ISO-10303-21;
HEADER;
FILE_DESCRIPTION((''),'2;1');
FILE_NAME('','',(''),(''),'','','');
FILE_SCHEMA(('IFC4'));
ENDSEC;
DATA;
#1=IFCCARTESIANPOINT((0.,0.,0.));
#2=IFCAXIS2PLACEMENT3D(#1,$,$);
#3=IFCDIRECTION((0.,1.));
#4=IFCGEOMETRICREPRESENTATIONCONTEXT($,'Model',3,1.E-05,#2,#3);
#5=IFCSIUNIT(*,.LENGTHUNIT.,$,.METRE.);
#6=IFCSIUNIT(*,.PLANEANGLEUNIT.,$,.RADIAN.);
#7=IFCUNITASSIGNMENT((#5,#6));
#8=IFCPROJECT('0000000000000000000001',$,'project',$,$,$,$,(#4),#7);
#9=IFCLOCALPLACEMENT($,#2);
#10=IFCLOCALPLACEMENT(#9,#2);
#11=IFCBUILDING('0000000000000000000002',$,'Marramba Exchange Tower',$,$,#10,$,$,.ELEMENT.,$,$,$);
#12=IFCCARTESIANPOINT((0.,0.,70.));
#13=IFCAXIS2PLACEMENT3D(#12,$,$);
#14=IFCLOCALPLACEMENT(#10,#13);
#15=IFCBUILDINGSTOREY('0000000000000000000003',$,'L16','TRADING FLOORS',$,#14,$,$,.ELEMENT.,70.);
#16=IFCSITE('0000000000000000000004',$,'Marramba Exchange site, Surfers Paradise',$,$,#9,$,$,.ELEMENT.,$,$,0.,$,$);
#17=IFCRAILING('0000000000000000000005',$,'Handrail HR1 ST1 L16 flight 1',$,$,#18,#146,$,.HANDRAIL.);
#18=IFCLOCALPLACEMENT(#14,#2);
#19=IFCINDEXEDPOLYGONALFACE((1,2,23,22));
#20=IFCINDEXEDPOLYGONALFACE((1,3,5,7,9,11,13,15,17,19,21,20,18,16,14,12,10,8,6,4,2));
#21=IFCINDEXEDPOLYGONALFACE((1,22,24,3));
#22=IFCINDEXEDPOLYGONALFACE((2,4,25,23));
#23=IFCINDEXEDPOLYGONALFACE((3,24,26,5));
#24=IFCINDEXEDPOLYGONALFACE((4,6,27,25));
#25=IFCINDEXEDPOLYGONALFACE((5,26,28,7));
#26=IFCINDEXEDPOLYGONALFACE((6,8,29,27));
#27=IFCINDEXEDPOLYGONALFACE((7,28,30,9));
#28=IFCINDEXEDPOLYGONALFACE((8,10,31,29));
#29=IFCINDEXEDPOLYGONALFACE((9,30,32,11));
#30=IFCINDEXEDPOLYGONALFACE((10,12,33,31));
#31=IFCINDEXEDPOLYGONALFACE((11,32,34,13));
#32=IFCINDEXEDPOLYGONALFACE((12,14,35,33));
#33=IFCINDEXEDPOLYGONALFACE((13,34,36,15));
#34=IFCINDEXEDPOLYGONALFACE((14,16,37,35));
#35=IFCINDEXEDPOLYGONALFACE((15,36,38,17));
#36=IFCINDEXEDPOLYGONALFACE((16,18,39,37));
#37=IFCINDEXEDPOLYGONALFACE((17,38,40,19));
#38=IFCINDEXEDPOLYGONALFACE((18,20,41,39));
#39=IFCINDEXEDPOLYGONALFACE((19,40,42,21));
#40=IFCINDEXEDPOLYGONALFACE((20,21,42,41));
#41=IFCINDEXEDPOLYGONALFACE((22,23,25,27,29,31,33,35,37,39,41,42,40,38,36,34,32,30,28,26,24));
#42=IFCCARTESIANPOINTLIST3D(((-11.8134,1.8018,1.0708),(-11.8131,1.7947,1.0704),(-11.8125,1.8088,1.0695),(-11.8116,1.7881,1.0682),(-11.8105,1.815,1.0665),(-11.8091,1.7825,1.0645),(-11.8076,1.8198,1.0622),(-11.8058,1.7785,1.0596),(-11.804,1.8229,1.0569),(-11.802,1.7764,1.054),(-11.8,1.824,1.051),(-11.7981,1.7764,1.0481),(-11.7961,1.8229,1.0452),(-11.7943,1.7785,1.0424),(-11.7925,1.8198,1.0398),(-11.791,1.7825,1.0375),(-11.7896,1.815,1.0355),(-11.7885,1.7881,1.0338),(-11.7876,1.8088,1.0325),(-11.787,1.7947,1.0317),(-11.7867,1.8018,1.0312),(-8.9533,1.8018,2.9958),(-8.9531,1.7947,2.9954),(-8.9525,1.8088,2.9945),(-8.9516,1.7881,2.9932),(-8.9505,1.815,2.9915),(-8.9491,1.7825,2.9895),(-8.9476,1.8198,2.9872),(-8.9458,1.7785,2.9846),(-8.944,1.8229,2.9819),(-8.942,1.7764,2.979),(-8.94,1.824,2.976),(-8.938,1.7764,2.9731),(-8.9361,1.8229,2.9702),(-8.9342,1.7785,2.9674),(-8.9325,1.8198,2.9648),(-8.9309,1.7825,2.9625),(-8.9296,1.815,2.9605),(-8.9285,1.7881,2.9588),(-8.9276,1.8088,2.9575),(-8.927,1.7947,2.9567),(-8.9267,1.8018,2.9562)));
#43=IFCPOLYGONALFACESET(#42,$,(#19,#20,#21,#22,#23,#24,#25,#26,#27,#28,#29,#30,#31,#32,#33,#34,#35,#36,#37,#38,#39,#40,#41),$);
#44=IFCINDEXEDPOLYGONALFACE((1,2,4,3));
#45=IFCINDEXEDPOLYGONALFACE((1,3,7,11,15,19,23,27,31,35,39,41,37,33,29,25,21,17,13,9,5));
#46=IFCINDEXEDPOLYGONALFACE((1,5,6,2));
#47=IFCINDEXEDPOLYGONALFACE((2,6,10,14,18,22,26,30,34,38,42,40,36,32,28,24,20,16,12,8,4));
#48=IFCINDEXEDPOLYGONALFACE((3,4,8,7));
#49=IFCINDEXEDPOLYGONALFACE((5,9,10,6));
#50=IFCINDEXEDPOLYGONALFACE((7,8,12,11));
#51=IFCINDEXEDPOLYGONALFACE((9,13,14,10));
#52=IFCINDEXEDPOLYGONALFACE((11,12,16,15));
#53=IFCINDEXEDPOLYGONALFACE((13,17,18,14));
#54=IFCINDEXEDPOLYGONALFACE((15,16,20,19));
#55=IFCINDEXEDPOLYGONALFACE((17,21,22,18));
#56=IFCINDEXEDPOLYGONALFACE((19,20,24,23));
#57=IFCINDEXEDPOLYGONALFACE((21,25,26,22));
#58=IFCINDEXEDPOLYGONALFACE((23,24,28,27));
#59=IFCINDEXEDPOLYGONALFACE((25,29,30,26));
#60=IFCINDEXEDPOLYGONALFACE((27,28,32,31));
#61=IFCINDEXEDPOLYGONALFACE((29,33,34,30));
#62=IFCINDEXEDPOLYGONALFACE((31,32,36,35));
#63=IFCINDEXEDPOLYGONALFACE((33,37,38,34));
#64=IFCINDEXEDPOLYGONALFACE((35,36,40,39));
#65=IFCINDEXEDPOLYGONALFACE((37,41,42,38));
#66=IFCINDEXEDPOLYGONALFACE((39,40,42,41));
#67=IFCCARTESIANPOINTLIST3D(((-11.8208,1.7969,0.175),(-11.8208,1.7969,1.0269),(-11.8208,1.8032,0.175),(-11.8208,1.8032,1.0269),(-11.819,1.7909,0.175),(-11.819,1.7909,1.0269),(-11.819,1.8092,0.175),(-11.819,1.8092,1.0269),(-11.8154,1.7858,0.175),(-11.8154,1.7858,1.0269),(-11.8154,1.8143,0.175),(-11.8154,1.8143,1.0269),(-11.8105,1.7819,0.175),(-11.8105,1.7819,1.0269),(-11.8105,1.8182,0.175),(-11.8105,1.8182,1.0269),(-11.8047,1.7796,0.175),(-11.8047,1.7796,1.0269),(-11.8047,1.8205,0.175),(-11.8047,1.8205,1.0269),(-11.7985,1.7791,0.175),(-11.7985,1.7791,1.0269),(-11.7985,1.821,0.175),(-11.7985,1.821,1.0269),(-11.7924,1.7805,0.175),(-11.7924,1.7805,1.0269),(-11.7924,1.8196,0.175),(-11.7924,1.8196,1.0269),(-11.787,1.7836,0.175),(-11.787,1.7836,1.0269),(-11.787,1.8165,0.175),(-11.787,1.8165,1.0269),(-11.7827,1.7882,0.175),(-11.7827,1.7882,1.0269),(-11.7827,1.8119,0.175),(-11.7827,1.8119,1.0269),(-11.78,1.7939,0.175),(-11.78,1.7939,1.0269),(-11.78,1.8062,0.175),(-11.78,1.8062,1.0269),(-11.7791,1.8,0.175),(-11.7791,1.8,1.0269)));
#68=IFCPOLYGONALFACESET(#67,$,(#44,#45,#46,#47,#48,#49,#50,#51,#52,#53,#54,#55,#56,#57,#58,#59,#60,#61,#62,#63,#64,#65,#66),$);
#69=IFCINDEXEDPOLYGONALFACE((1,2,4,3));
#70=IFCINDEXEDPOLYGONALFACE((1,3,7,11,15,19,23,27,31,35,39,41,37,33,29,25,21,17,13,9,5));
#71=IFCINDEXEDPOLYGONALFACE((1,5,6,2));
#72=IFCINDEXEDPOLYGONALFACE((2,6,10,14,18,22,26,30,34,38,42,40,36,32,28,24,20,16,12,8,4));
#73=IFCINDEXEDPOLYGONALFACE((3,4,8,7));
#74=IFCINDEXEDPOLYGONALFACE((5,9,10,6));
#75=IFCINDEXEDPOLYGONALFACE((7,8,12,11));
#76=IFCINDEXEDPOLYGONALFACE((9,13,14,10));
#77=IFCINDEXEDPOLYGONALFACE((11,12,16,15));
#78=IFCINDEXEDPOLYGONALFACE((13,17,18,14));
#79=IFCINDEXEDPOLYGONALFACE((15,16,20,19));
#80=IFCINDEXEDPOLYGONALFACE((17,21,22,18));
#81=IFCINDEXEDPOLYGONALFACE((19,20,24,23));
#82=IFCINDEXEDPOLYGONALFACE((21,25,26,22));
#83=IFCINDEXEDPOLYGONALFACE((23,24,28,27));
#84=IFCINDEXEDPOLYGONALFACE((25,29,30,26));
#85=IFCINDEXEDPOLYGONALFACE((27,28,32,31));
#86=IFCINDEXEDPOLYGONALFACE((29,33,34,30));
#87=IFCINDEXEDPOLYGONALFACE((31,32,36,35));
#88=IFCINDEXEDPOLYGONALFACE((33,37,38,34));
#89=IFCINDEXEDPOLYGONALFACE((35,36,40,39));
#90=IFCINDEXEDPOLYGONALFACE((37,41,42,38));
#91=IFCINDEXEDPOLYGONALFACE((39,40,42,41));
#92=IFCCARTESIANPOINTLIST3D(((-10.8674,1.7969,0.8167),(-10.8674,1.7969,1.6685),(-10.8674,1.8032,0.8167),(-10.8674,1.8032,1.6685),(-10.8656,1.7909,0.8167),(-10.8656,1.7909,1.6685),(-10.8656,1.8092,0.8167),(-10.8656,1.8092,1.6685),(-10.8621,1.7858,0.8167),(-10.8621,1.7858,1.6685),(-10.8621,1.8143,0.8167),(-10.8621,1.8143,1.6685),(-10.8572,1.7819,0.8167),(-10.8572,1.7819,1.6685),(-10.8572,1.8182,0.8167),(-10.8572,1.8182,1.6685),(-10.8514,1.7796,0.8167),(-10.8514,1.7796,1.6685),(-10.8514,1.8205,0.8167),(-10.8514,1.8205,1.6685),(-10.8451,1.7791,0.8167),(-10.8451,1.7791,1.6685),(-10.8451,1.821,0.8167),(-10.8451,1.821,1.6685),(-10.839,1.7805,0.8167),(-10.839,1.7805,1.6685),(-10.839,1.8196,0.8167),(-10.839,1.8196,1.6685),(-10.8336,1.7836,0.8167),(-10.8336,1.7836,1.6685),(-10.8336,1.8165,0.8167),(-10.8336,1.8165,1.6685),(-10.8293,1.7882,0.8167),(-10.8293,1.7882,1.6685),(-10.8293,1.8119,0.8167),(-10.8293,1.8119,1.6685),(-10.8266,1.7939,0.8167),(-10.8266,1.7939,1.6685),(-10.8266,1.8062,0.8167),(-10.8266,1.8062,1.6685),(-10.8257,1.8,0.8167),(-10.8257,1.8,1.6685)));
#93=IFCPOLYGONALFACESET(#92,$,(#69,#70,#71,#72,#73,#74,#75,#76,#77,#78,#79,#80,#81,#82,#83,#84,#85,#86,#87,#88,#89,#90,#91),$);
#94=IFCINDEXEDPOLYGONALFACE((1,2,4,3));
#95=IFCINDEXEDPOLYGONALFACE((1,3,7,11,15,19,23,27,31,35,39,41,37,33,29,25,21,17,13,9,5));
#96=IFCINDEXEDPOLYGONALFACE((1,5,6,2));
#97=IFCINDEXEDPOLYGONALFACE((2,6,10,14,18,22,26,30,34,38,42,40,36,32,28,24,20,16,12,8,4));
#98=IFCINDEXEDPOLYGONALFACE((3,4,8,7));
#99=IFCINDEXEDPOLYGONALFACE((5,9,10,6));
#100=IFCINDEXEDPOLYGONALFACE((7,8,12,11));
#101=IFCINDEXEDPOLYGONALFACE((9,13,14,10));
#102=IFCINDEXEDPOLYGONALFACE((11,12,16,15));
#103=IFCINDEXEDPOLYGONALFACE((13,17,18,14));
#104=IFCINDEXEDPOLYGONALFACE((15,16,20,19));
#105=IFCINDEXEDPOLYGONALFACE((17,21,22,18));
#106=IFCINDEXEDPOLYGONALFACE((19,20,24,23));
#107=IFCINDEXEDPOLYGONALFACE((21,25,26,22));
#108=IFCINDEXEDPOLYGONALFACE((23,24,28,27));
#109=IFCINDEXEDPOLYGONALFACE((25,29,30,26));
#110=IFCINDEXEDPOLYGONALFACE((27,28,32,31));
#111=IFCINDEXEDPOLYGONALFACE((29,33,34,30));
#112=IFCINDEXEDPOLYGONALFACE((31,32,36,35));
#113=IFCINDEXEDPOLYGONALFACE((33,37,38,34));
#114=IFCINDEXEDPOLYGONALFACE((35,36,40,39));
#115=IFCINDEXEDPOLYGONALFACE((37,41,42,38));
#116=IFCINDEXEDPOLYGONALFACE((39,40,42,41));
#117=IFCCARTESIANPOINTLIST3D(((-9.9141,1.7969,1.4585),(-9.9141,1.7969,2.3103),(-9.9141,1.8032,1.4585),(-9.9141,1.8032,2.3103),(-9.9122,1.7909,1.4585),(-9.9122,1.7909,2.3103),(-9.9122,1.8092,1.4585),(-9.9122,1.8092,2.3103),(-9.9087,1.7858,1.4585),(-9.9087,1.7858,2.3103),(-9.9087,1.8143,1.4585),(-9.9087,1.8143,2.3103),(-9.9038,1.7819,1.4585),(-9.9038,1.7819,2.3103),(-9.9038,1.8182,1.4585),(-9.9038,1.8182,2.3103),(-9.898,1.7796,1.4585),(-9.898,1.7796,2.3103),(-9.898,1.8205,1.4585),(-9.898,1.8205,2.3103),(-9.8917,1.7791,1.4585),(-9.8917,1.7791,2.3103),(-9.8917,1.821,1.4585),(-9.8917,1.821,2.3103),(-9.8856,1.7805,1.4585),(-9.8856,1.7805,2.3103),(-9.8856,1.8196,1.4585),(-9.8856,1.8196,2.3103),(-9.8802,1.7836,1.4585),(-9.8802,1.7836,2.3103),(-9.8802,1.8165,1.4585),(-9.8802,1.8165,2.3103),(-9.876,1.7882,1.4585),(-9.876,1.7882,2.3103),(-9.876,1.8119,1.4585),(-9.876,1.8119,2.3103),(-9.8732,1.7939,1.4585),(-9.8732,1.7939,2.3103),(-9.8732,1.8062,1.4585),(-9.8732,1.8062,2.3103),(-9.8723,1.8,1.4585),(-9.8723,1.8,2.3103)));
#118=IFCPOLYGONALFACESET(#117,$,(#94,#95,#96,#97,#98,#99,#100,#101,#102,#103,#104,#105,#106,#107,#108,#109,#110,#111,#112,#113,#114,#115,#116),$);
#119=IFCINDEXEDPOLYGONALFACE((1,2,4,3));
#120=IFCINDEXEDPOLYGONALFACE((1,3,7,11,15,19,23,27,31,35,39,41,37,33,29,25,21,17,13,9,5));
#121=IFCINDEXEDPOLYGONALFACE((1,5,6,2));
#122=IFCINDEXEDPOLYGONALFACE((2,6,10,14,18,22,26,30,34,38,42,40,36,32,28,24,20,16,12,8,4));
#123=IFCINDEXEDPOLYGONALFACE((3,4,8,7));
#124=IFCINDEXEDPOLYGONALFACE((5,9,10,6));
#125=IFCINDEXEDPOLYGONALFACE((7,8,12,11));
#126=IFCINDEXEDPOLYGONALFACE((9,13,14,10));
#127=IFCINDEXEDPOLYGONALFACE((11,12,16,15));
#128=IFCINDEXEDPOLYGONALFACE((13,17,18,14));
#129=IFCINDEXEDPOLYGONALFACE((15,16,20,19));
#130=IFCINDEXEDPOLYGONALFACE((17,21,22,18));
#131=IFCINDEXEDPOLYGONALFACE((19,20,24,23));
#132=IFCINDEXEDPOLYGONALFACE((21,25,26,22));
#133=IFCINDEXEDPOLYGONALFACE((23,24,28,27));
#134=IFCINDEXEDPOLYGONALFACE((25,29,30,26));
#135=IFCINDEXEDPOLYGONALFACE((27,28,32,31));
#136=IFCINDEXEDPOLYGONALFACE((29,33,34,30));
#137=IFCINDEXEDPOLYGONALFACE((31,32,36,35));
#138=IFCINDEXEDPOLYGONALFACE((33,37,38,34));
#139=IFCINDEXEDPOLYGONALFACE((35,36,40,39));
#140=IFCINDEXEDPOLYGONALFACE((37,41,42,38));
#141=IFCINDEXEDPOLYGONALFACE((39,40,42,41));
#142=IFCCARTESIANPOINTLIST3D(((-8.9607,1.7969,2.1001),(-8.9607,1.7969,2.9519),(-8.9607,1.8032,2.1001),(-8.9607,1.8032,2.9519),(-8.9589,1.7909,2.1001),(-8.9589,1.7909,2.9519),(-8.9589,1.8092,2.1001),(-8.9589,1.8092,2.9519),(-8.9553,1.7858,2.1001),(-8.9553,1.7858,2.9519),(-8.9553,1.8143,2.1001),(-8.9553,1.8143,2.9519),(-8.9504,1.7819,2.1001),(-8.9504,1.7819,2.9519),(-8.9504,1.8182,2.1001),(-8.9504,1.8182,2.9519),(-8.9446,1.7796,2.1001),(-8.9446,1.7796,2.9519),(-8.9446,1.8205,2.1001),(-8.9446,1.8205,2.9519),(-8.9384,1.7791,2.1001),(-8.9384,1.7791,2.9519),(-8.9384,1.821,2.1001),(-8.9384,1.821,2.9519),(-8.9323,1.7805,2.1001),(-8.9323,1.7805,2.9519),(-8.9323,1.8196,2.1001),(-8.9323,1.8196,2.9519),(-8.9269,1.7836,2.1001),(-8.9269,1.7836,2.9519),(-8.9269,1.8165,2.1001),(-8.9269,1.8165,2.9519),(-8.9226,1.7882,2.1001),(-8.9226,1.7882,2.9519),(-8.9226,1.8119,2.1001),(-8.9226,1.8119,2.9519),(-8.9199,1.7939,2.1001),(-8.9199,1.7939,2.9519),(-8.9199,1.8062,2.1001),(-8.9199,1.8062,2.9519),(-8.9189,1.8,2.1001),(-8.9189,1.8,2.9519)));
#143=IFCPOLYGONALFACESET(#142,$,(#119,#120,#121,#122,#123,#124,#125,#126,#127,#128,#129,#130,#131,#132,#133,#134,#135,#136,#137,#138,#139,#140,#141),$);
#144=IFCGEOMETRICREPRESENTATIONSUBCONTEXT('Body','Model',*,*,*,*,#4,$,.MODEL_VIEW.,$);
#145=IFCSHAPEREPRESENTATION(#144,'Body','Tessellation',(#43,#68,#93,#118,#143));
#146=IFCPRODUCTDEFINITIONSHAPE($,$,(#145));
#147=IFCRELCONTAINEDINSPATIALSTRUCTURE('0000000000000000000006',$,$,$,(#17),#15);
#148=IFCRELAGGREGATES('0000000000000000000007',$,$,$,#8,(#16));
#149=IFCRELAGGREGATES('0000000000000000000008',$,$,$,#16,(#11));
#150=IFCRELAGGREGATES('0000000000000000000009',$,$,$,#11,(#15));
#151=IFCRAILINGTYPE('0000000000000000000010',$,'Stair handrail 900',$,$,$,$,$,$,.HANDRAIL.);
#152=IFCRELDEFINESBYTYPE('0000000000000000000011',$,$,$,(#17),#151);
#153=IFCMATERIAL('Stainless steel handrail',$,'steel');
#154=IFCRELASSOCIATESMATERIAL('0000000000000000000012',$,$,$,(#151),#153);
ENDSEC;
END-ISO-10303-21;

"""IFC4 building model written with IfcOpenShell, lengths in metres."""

from ifc_helpers import new_model, si_unit, direction, frame, origin, origin_2d, place, context, subcontext, project, spatial, circle, extrude, material, type_object, element, save


model = new_model("IFC4")

# Units and contexts
model_context = context("Model", 3, precision=1e-05, world=origin(), true_north=direction((0.0, 1.0)))
body_context = subcontext(model_context, "Body", "Model", "MODEL_VIEW")
ifc_project = project(units=[si_unit("LENGTHUNIT", "METRE"), si_unit("PLANEANGLEUNIT", "RADIAN")], contexts=[model_context])

# Site, building, storey
site_placement = place(None, origin())
site = spatial("IfcSite", under=ifc_project, at=site_placement, Name="Marramba Exchange site, Surfers Paradise", CompositionType="ELEMENT", RefElevation=0.0)
building_placement = place(site_placement, origin())
building = spatial("IfcBuilding", under=site, at=building_placement, Name="Marramba Exchange Tower", CompositionType="ELEMENT")
storey_placement = place(building_placement, frame((0.0, 0.0, 70.0)))
storey = spatial("IfcBuildingStorey", under=building, at=storey_placement, Name="L16", Description="TRADING FLOORS", CompositionType="ELEMENT", Elevation=70.0)

# Railing
ifc_material_1 = material(Name="Stainless steel handrail", Category="steel")
railing_type = type_object("IfcRailingType", Name="Stair handrail 900", PredefinedType="HANDRAIL", material=ifc_material_1)
railing_placement = place(storey_placement, frame((-11.8, 1.8, 0.175)))
element("IfcRailing", 1, at=railing_placement, inside=storey, type_object=railing_type, Name="Handrail HR1 ST1 L16 flight 1", PredefinedType="HANDRAIL", context=body_context, shape_type="SweptSolid", body=[
    extrude(circle(Radius=0.0239, at=origin_2d()), frame((0.0, 0.0, 0.876), z_axis=(0.829591, 0.0, 0.558372), x_axis=(0.0, 1.0, 0.0)), (0.0, 0.0, 1.0), 3.4475),
    extrude(circle(Radius=0.021, at=origin_2d()), origin(), (0.0, 0.0, 1.0), 0.8518),
    extrude(circle(Radius=0.021, at=origin_2d()), frame((0.9534, 0.0, 0.6416)), (0.0, 0.0, 1.0), 0.8518),
    extrude(circle(Radius=0.021, at=origin_2d()), frame((1.9067, 0.0, 1.2834)), (0.0, 0.0, 1.0), 0.8518),
    extrude(circle(Radius=0.021, at=origin_2d()), frame((2.8601, 0.0, 1.925)), (0.0, 0.0, 1.0), 0.8518),
])

save(model, "model.ifc")
